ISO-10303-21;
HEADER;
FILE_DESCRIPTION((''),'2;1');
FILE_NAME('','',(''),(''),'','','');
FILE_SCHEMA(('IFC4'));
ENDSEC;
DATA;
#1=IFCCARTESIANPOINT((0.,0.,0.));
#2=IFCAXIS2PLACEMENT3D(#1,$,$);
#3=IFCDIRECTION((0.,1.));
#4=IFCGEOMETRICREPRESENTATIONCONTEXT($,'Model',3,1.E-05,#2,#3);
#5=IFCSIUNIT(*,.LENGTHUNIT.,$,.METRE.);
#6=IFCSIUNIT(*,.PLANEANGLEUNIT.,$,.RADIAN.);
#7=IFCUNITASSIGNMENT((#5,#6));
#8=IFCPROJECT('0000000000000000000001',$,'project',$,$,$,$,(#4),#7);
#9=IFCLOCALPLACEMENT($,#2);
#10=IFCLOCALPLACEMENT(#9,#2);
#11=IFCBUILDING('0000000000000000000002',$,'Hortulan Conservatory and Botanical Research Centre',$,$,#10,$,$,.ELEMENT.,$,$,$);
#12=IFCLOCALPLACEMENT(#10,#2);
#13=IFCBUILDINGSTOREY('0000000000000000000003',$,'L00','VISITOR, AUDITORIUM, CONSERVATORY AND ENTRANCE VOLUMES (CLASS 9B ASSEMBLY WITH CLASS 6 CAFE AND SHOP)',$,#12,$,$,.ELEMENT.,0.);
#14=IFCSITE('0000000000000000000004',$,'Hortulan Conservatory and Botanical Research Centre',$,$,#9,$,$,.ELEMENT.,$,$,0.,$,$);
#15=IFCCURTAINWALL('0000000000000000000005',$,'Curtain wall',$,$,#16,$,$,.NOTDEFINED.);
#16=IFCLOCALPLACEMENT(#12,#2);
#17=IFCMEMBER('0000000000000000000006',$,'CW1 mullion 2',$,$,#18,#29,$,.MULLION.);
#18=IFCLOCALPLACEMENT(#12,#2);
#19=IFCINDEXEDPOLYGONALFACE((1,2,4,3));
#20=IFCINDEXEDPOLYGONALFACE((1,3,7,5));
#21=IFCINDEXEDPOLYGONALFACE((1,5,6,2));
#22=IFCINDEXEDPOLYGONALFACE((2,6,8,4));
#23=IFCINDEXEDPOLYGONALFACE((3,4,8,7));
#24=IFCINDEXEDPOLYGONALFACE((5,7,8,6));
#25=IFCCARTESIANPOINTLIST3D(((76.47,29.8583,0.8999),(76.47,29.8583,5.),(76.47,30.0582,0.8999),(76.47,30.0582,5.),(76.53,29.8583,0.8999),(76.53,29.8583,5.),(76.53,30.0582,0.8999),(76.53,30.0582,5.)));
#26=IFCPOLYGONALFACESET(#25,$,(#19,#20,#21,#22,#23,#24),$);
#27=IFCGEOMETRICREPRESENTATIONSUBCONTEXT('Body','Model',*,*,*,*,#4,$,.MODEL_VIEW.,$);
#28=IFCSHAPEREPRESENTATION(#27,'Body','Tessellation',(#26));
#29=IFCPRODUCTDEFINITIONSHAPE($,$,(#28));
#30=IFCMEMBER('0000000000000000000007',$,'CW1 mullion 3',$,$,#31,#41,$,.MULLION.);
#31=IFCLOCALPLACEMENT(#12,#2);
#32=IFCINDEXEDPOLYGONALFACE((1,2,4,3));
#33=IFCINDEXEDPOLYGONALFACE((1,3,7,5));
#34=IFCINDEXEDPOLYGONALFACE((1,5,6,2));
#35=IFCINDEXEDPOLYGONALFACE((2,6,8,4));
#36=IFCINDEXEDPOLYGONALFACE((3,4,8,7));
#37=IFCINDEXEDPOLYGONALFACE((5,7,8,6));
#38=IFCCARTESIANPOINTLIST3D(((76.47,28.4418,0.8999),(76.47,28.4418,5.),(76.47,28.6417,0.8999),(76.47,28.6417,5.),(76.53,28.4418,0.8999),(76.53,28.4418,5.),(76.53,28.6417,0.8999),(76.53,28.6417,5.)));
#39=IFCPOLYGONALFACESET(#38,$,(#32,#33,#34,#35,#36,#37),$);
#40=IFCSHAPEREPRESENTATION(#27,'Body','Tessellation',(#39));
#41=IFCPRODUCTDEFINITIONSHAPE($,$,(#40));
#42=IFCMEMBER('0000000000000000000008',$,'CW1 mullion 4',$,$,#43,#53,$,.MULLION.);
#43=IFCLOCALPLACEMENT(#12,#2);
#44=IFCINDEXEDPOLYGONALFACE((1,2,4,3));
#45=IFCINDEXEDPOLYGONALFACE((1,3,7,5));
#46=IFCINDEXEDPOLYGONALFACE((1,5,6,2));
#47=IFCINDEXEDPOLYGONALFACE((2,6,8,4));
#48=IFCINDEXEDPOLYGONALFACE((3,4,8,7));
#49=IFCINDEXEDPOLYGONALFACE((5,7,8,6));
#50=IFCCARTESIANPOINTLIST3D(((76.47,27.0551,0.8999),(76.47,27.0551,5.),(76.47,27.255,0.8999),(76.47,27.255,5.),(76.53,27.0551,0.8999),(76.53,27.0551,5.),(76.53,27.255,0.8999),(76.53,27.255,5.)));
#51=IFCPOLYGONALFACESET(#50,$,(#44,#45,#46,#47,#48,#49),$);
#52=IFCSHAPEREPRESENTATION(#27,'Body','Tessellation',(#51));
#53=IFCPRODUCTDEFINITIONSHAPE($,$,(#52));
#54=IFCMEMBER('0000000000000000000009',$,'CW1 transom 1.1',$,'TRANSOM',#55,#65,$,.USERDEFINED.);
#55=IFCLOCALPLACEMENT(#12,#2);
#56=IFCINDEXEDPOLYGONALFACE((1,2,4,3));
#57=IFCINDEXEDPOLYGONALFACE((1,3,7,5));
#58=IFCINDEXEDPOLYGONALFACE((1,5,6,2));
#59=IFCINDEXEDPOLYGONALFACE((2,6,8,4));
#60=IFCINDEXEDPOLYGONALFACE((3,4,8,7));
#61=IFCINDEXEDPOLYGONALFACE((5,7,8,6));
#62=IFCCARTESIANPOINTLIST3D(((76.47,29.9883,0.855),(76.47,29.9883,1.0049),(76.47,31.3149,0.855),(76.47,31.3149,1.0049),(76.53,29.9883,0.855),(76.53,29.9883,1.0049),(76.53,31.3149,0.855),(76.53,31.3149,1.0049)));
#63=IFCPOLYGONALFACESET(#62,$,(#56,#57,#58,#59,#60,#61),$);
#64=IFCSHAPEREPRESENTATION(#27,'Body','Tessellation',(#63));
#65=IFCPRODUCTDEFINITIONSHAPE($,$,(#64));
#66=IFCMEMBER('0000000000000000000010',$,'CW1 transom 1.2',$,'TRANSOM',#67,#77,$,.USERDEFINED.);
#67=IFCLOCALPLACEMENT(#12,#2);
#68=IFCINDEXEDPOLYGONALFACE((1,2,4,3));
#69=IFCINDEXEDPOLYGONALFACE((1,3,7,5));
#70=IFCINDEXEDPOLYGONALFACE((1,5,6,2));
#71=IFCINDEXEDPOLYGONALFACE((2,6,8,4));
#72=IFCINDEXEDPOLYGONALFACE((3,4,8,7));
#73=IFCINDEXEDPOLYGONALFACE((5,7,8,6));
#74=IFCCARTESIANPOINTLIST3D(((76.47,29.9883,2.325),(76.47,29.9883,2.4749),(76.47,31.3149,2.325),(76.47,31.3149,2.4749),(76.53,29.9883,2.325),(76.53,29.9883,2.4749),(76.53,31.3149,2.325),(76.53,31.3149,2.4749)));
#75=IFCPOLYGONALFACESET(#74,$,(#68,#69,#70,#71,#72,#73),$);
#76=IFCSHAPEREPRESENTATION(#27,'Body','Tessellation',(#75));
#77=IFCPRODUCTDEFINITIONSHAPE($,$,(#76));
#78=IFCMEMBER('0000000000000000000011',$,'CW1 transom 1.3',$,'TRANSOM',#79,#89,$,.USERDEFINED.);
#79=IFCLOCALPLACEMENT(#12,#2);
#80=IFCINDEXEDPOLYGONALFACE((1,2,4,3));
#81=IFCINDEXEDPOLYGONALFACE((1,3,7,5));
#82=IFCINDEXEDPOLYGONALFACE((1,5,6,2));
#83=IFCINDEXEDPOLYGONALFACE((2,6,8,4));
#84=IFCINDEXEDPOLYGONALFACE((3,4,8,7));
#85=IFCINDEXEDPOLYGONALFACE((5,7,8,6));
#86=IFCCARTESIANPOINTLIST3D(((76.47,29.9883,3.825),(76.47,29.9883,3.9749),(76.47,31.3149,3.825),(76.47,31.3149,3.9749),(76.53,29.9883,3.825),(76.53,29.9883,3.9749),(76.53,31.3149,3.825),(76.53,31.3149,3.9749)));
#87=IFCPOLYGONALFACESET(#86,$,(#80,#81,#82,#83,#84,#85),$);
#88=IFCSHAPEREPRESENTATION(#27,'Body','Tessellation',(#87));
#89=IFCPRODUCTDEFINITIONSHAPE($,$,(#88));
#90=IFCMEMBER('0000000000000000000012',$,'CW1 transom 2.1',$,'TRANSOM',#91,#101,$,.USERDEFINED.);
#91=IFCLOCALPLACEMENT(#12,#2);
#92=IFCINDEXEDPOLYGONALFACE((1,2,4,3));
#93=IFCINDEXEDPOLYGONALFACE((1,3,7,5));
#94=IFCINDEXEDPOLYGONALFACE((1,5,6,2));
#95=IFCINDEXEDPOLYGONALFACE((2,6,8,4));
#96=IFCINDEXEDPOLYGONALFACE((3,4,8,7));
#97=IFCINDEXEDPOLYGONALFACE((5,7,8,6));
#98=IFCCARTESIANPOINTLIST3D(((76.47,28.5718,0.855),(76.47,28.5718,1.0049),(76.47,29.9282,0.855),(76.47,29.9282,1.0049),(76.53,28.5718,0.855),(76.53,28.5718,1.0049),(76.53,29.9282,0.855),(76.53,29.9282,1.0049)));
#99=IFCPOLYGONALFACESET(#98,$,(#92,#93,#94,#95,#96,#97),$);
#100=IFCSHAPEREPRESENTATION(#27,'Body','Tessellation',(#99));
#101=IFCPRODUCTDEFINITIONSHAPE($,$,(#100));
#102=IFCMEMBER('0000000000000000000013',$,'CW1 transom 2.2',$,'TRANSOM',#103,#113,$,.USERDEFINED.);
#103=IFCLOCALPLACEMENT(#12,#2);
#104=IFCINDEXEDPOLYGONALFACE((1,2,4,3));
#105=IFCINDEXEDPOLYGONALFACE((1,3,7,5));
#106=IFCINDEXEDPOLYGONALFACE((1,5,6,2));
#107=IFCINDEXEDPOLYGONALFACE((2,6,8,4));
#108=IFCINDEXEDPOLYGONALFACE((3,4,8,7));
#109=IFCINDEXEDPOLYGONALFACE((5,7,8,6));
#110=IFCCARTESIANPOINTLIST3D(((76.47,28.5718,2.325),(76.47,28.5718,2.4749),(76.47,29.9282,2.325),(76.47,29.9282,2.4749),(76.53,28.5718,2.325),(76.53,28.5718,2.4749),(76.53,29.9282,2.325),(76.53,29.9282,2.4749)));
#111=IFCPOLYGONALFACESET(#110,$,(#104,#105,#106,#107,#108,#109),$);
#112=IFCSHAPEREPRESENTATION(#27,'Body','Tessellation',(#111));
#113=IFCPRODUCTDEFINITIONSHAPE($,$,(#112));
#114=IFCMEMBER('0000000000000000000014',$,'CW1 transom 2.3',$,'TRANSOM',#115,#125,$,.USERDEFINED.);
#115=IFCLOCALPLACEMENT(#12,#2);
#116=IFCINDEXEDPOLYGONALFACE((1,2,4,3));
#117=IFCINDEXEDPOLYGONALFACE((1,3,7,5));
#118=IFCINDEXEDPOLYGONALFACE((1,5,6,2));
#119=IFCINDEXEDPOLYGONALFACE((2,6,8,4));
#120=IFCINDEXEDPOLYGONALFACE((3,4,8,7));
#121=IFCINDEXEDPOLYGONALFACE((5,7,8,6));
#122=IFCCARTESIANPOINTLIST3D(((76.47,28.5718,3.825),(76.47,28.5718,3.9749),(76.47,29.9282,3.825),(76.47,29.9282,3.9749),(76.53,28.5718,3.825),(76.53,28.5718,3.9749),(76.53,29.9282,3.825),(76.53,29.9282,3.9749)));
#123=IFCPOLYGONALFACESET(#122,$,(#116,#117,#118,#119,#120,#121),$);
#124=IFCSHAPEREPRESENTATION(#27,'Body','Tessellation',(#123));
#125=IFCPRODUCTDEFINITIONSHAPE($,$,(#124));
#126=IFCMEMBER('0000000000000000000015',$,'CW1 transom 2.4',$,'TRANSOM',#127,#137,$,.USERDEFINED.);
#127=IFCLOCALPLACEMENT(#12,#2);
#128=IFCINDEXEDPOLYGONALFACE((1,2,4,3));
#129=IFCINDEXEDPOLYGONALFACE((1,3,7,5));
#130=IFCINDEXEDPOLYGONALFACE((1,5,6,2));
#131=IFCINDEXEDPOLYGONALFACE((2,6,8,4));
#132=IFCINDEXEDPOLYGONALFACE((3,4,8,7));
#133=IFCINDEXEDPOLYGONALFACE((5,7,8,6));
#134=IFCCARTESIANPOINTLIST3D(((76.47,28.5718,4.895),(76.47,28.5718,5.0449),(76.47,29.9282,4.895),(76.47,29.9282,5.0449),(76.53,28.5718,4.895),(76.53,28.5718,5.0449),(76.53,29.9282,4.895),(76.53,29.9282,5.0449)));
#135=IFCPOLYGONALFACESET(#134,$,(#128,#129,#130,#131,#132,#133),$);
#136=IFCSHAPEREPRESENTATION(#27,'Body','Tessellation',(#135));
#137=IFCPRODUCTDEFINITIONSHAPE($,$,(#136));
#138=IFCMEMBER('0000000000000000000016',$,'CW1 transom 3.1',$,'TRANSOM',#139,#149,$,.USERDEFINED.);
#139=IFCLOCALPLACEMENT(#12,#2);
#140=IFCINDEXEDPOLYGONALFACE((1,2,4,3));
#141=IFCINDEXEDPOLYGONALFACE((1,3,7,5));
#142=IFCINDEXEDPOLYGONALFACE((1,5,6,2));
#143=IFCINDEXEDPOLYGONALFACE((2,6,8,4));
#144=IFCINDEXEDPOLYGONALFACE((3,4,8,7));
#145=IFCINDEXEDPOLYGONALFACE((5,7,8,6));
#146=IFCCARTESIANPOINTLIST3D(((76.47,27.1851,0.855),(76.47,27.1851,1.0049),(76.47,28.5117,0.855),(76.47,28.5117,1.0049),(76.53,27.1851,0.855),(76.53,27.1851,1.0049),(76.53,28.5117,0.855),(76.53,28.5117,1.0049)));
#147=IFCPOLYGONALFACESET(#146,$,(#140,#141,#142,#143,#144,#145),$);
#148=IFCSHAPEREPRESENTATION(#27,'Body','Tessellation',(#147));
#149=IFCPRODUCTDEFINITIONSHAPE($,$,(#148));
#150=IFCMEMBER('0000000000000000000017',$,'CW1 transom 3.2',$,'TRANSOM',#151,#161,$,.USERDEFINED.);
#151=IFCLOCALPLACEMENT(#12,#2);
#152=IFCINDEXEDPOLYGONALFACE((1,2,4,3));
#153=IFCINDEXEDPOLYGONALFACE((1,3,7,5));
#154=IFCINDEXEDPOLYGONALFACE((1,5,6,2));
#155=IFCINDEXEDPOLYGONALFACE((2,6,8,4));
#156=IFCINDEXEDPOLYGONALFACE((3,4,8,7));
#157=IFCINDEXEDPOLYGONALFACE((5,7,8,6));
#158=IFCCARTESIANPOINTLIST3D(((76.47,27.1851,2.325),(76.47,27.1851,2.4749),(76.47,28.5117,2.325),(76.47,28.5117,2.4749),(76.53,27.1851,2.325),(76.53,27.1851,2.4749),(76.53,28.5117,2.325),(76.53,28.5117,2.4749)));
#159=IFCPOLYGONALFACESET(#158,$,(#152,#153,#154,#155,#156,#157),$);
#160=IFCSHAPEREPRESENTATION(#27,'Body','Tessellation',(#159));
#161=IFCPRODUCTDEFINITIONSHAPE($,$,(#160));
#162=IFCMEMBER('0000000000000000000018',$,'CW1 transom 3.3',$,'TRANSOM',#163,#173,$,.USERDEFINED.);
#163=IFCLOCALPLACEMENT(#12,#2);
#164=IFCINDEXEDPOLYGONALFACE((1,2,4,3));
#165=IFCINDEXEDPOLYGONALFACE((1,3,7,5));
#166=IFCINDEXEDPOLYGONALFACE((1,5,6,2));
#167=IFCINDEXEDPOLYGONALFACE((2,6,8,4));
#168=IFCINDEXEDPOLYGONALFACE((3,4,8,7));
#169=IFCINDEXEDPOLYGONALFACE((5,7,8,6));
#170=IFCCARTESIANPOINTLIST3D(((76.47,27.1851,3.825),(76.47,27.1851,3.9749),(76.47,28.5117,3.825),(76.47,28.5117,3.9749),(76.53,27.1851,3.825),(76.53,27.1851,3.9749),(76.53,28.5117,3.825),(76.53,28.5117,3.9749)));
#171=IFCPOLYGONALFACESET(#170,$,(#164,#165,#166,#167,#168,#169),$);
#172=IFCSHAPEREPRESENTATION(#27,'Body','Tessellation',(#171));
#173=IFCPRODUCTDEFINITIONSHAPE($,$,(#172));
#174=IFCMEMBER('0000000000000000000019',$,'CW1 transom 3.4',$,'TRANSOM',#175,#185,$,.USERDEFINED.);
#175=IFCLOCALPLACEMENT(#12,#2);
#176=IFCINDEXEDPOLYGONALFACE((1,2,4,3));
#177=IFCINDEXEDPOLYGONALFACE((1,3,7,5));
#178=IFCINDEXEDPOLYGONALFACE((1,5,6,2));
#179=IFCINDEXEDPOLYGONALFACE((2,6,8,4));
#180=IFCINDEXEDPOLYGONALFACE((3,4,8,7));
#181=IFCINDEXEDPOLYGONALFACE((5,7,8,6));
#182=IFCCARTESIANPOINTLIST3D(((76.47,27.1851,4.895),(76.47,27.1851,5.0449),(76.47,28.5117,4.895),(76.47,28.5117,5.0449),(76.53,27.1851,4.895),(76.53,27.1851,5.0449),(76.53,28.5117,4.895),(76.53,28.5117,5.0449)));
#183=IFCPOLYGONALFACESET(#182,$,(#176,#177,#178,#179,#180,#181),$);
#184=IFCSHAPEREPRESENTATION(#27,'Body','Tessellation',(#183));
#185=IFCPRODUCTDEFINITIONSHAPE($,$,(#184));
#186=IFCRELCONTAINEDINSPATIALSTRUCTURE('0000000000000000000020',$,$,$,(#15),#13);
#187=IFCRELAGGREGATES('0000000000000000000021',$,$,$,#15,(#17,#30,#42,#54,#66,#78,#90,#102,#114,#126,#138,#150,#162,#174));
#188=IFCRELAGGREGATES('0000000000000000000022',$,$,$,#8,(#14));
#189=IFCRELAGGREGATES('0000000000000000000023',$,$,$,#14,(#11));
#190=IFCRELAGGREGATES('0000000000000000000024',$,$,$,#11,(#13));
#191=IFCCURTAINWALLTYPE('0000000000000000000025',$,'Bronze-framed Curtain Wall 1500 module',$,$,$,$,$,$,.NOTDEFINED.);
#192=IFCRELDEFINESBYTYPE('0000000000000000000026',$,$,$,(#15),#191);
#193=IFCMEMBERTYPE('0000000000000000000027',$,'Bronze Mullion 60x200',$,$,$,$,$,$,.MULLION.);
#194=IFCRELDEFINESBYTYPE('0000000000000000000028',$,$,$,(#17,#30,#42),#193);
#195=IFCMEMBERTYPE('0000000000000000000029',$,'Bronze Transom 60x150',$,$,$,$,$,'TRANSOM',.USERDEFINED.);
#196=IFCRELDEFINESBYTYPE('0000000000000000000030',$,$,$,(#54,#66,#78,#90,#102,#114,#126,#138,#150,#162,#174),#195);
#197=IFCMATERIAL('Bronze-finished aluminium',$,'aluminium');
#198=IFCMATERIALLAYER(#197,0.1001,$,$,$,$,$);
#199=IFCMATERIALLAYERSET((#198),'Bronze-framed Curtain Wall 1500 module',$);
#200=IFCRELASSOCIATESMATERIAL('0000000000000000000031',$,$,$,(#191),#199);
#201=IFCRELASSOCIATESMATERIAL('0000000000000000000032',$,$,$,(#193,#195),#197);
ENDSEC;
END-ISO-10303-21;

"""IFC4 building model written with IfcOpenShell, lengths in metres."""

from ifc_helpers import new_model, si_unit, direction, frame, origin, origin_2d, place, context, subcontext, project, spatial, rectangle, extrude, material, layer, layer_set, material_profile, profile_set, type_object, element, aggregate, save


model = new_model("IFC4")

# Units and contexts
model_context = context("Model", 3, precision=1e-05, world=origin(), true_north=direction((0.0, 1.0)))
body_context = subcontext(model_context, "Body", "Model", "MODEL_VIEW")
ifc_project = project(units=[si_unit("LENGTHUNIT", "METRE"), si_unit("PLANEANGLEUNIT", "RADIAN")], contexts=[model_context])

# Site, building, storey
site_placement = place(None, origin())
site = spatial("IfcSite", under=ifc_project, at=site_placement, Name="Hortulan Conservatory and Botanical Research Centre", CompositionType="ELEMENT", RefElevation=0.0)
building_placement = place(site_placement, origin())
building = spatial("IfcBuilding", under=site, at=building_placement, Name="Hortulan Conservatory and Botanical Research Centre", CompositionType="ELEMENT")
storey_placement = place(building_placement, origin())
storey = spatial("IfcBuildingStorey", under=building, at=storey_placement, Name="L00", Description="VISITOR, AUDITORIUM, CONSERVATORY AND ENTRANCE VOLUMES (CLASS 9B ASSEMBLY WITH CLASS 6 CAFE AND SHOP)", CompositionType="ELEMENT", Elevation=0.0)

# Curtain wall, members
ifc_material_1 = material(Name="Bronze-finished aluminium", Category="aluminium")
ifc_layer_1 = layer(ifc_material_1, 0.1001)
ifc_layer_set_1 = layer_set([ifc_layer_1], Name="Bronze-framed Curtain Wall 1500 module")
curtain_wall_type = type_object("IfcCurtainWallType", Name="Bronze-framed Curtain Wall 1500 module", PredefinedType="NOTDEFINED", material=ifc_layer_set_1)
curtain_wall_placement = place(storey_placement, origin())
curtain_wall = element("IfcCurtainWall", 1, at=curtain_wall_placement, inside=storey, type_object=curtain_wall_type, Name="Curtain wall", PredefinedType="NOTDEFINED")
ifc_material_profile_1 = material_profile(ifc_material_1, rectangle(XDim=0.0601, YDim=0.2, at=origin_2d()), Name="Bronze Mullion 60x200")
ifc_profile_set_1 = profile_set([ifc_material_profile_1], Name="Bronze-finished aluminium")
member_type_1 = type_object("IfcMemberType", Name="Bronze Mullion 60x200", PredefinedType="MULLION", material=ifc_profile_set_1)
member_1_placement = place(storey_placement, frame((76.5, 29.9583, 0.8999), z_axis=(0.0, 0.0, 1.0), x_axis=(1.0, 0.0, 0.0)))
member_1 = element("IfcMember", 2, at=member_1_placement, type_object=member_type_1, Name="CW1 mullion 2", PredefinedType="MULLION", context=body_context, shape_type="SweptSolid", body=[
    extrude(rectangle(XDim=0.0601, YDim=0.2, at=origin_2d()), origin(), (0.0, 0.0, 1.0), 4.1001),
])
member_2_placement = place(storey_placement, frame((76.5, 28.5417, 0.8999), z_axis=(0.0, 0.0, 1.0), x_axis=(1.0, 0.0, 0.0)))
member_2 = element("IfcMember", 3, at=member_2_placement, type_object=member_type_1, Name="CW1 mullion 3", PredefinedType="MULLION", context=body_context, shape_type="SweptSolid", body=[
    extrude(rectangle(XDim=0.0601, YDim=0.2, at=origin_2d()), origin(), (0.0, 0.0, 1.0), 4.1001),
])
member_3_placement = place(storey_placement, frame((76.5, 27.155, 0.8999), z_axis=(0.0, 0.0, 1.0), x_axis=(1.0, 0.0, 0.0)))
member_3 = element("IfcMember", 4, at=member_3_placement, type_object=member_type_1, Name="CW1 mullion 4", PredefinedType="MULLION", context=body_context, shape_type="SweptSolid", body=[
    extrude(rectangle(XDim=0.0601, YDim=0.2, at=origin_2d()), origin(), (0.0, 0.0, 1.0), 4.1001),
])
ifc_material_profile_2 = material_profile(ifc_material_1, rectangle(XDim=0.0601, YDim=0.1499, at=origin_2d()), Name="Bronze Transom 60x150")
ifc_profile_set_2 = profile_set([ifc_material_profile_2], Name="Bronze-finished aluminium")
member_type_2 = type_object("IfcMemberType", Name="Bronze Transom 60x150", ElementType="TRANSOM", PredefinedType="USERDEFINED", material=ifc_profile_set_2)
member_4_placement = place(storey_placement, frame((76.5, 31.3149, 0.9299), z_axis=(0.0, -1.0, 0.0), x_axis=(1.0, 0.0, 0.0)))
member_4 = element("IfcMember", 5, at=member_4_placement, type_object=member_type_2, Name="CW1 transom 1.1", ObjectType="TRANSOM", PredefinedType="USERDEFINED", context=body_context, shape_type="SweptSolid", body=[
    extrude(rectangle(XDim=0.0601, YDim=0.1499, at=origin_2d()), origin(), (0.0, 0.0, 1.0), 1.3267),
])
member_5_placement = place(storey_placement, frame((76.5, 31.3149, 2.3999), z_axis=(0.0, -1.0, 0.0), x_axis=(1.0, 0.0, 0.0)))
member_5 = element("IfcMember", 6, at=member_5_placement, type_object=member_type_2, Name="CW1 transom 1.2", ObjectType="TRANSOM", PredefinedType="USERDEFINED", context=body_context, shape_type="SweptSolid", body=[
    extrude(rectangle(XDim=0.0601, YDim=0.1499, at=origin_2d()), origin(), (0.0, 0.0, 1.0), 1.3267),
])
member_6_placement = place(storey_placement, frame((76.5, 31.3149, 3.8999), z_axis=(0.0, -1.0, 0.0), x_axis=(1.0, 0.0, 0.0)))
member_6 = element("IfcMember", 7, at=member_6_placement, type_object=member_type_2, Name="CW1 transom 1.3", ObjectType="TRANSOM", PredefinedType="USERDEFINED", context=body_context, shape_type="SweptSolid", body=[
    extrude(rectangle(XDim=0.0601, YDim=0.1499, at=origin_2d()), origin(), (0.0, 0.0, 1.0), 1.3267),
])
member_7_placement = place(storey_placement, frame((76.5, 29.9282, 0.9299), z_axis=(0.0, -1.0, 0.0), x_axis=(1.0, 0.0, 0.0)))
member_7 = element("IfcMember", 8, at=member_7_placement, type_object=member_type_2, Name="CW1 transom 2.1", ObjectType="TRANSOM", PredefinedType="USERDEFINED", context=body_context, shape_type="SweptSolid", body=[
    extrude(rectangle(XDim=0.0601, YDim=0.1499, at=origin_2d()), origin(), (0.0, 0.0, 1.0), 1.3564),
])
member_8_placement = place(storey_placement, frame((76.5, 29.9282, 2.3999), z_axis=(0.0, -1.0, 0.0), x_axis=(1.0, 0.0, 0.0)))
member_8 = element("IfcMember", 9, at=member_8_placement, type_object=member_type_2, Name="CW1 transom 2.2", ObjectType="TRANSOM", PredefinedType="USERDEFINED", context=body_context, shape_type="SweptSolid", body=[
    extrude(rectangle(XDim=0.0601, YDim=0.1499, at=origin_2d()), origin(), (0.0, 0.0, 1.0), 1.3564),
])
member_9_placement = place(storey_placement, frame((76.5, 29.9282, 3.8999), z_axis=(0.0, -1.0, 0.0), x_axis=(1.0, 0.0, 0.0)))
member_9 = element("IfcMember", 10, at=member_9_placement, type_object=member_type_2, Name="CW1 transom 2.3", ObjectType="TRANSOM", PredefinedType="USERDEFINED", context=body_context, shape_type="SweptSolid", body=[
    extrude(rectangle(XDim=0.0601, YDim=0.1499, at=origin_2d()), origin(), (0.0, 0.0, 1.0), 1.3564),
])
member_10_placement = place(storey_placement, frame((76.5, 29.9282, 4.97), z_axis=(0.0, -1.0, 0.0), x_axis=(1.0, 0.0, 0.0)))
member_10 = element("IfcMember", 11, at=member_10_placement, type_object=member_type_2, Name="CW1 transom 2.4", ObjectType="TRANSOM", PredefinedType="USERDEFINED", context=body_context, shape_type="SweptSolid", body=[
    extrude(rectangle(XDim=0.0601, YDim=0.1499, at=origin_2d()), origin(), (0.0, 0.0, 1.0), 1.3564),
])
member_11_placement = place(storey_placement, frame((76.5, 28.5117, 0.9299), z_axis=(0.0, -1.0, 0.0), x_axis=(1.0, 0.0, 0.0)))
member_11 = element("IfcMember", 12, at=member_11_placement, type_object=member_type_2, Name="CW1 transom 3.1", ObjectType="TRANSOM", PredefinedType="USERDEFINED", context=body_context, shape_type="SweptSolid", body=[
    extrude(rectangle(XDim=0.0601, YDim=0.1499, at=origin_2d()), origin(), (0.0, 0.0, 1.0), 1.3267),
])
member_12_placement = place(storey_placement, frame((76.5, 28.5117, 2.3999), z_axis=(0.0, -1.0, 0.0), x_axis=(1.0, 0.0, 0.0)))
member_12 = element("IfcMember", 13, at=member_12_placement, type_object=member_type_2, Name="CW1 transom 3.2", ObjectType="TRANSOM", PredefinedType="USERDEFINED", context=body_context, shape_type="SweptSolid", body=[
    extrude(rectangle(XDim=0.0601, YDim=0.1499, at=origin_2d()), origin(), (0.0, 0.0, 1.0), 1.3267),
])
member_13_placement = place(storey_placement, frame((76.5, 28.5117, 3.8999), z_axis=(0.0, -1.0, 0.0), x_axis=(1.0, 0.0, 0.0)))
member_13 = element("IfcMember", 14, at=member_13_placement, type_object=member_type_2, Name="CW1 transom 3.3", ObjectType="TRANSOM", PredefinedType="USERDEFINED", context=body_context, shape_type="SweptSolid", body=[
    extrude(rectangle(XDim=0.0601, YDim=0.1499, at=origin_2d()), origin(), (0.0, 0.0, 1.0), 1.3267),
])
member_14_placement = place(storey_placement, frame((76.5, 28.5117, 4.97), z_axis=(0.0, -1.0, 0.0), x_axis=(1.0, 0.0, 0.0)))
member_14 = element("IfcMember", 15, at=member_14_placement, type_object=member_type_2, Name="CW1 transom 3.4", ObjectType="TRANSOM", PredefinedType="USERDEFINED", context=body_context, shape_type="SweptSolid", body=[
    extrude(rectangle(XDim=0.0601, YDim=0.1499, at=origin_2d()), origin(), (0.0, 0.0, 1.0), 1.3267),
])

aggregate(curtain_wall, [member_1, member_2, member_3, member_4, member_5, member_6, member_7, member_8, member_9, member_10, member_11, member_12, member_13, member_14])

save(model, "model.ifc")
